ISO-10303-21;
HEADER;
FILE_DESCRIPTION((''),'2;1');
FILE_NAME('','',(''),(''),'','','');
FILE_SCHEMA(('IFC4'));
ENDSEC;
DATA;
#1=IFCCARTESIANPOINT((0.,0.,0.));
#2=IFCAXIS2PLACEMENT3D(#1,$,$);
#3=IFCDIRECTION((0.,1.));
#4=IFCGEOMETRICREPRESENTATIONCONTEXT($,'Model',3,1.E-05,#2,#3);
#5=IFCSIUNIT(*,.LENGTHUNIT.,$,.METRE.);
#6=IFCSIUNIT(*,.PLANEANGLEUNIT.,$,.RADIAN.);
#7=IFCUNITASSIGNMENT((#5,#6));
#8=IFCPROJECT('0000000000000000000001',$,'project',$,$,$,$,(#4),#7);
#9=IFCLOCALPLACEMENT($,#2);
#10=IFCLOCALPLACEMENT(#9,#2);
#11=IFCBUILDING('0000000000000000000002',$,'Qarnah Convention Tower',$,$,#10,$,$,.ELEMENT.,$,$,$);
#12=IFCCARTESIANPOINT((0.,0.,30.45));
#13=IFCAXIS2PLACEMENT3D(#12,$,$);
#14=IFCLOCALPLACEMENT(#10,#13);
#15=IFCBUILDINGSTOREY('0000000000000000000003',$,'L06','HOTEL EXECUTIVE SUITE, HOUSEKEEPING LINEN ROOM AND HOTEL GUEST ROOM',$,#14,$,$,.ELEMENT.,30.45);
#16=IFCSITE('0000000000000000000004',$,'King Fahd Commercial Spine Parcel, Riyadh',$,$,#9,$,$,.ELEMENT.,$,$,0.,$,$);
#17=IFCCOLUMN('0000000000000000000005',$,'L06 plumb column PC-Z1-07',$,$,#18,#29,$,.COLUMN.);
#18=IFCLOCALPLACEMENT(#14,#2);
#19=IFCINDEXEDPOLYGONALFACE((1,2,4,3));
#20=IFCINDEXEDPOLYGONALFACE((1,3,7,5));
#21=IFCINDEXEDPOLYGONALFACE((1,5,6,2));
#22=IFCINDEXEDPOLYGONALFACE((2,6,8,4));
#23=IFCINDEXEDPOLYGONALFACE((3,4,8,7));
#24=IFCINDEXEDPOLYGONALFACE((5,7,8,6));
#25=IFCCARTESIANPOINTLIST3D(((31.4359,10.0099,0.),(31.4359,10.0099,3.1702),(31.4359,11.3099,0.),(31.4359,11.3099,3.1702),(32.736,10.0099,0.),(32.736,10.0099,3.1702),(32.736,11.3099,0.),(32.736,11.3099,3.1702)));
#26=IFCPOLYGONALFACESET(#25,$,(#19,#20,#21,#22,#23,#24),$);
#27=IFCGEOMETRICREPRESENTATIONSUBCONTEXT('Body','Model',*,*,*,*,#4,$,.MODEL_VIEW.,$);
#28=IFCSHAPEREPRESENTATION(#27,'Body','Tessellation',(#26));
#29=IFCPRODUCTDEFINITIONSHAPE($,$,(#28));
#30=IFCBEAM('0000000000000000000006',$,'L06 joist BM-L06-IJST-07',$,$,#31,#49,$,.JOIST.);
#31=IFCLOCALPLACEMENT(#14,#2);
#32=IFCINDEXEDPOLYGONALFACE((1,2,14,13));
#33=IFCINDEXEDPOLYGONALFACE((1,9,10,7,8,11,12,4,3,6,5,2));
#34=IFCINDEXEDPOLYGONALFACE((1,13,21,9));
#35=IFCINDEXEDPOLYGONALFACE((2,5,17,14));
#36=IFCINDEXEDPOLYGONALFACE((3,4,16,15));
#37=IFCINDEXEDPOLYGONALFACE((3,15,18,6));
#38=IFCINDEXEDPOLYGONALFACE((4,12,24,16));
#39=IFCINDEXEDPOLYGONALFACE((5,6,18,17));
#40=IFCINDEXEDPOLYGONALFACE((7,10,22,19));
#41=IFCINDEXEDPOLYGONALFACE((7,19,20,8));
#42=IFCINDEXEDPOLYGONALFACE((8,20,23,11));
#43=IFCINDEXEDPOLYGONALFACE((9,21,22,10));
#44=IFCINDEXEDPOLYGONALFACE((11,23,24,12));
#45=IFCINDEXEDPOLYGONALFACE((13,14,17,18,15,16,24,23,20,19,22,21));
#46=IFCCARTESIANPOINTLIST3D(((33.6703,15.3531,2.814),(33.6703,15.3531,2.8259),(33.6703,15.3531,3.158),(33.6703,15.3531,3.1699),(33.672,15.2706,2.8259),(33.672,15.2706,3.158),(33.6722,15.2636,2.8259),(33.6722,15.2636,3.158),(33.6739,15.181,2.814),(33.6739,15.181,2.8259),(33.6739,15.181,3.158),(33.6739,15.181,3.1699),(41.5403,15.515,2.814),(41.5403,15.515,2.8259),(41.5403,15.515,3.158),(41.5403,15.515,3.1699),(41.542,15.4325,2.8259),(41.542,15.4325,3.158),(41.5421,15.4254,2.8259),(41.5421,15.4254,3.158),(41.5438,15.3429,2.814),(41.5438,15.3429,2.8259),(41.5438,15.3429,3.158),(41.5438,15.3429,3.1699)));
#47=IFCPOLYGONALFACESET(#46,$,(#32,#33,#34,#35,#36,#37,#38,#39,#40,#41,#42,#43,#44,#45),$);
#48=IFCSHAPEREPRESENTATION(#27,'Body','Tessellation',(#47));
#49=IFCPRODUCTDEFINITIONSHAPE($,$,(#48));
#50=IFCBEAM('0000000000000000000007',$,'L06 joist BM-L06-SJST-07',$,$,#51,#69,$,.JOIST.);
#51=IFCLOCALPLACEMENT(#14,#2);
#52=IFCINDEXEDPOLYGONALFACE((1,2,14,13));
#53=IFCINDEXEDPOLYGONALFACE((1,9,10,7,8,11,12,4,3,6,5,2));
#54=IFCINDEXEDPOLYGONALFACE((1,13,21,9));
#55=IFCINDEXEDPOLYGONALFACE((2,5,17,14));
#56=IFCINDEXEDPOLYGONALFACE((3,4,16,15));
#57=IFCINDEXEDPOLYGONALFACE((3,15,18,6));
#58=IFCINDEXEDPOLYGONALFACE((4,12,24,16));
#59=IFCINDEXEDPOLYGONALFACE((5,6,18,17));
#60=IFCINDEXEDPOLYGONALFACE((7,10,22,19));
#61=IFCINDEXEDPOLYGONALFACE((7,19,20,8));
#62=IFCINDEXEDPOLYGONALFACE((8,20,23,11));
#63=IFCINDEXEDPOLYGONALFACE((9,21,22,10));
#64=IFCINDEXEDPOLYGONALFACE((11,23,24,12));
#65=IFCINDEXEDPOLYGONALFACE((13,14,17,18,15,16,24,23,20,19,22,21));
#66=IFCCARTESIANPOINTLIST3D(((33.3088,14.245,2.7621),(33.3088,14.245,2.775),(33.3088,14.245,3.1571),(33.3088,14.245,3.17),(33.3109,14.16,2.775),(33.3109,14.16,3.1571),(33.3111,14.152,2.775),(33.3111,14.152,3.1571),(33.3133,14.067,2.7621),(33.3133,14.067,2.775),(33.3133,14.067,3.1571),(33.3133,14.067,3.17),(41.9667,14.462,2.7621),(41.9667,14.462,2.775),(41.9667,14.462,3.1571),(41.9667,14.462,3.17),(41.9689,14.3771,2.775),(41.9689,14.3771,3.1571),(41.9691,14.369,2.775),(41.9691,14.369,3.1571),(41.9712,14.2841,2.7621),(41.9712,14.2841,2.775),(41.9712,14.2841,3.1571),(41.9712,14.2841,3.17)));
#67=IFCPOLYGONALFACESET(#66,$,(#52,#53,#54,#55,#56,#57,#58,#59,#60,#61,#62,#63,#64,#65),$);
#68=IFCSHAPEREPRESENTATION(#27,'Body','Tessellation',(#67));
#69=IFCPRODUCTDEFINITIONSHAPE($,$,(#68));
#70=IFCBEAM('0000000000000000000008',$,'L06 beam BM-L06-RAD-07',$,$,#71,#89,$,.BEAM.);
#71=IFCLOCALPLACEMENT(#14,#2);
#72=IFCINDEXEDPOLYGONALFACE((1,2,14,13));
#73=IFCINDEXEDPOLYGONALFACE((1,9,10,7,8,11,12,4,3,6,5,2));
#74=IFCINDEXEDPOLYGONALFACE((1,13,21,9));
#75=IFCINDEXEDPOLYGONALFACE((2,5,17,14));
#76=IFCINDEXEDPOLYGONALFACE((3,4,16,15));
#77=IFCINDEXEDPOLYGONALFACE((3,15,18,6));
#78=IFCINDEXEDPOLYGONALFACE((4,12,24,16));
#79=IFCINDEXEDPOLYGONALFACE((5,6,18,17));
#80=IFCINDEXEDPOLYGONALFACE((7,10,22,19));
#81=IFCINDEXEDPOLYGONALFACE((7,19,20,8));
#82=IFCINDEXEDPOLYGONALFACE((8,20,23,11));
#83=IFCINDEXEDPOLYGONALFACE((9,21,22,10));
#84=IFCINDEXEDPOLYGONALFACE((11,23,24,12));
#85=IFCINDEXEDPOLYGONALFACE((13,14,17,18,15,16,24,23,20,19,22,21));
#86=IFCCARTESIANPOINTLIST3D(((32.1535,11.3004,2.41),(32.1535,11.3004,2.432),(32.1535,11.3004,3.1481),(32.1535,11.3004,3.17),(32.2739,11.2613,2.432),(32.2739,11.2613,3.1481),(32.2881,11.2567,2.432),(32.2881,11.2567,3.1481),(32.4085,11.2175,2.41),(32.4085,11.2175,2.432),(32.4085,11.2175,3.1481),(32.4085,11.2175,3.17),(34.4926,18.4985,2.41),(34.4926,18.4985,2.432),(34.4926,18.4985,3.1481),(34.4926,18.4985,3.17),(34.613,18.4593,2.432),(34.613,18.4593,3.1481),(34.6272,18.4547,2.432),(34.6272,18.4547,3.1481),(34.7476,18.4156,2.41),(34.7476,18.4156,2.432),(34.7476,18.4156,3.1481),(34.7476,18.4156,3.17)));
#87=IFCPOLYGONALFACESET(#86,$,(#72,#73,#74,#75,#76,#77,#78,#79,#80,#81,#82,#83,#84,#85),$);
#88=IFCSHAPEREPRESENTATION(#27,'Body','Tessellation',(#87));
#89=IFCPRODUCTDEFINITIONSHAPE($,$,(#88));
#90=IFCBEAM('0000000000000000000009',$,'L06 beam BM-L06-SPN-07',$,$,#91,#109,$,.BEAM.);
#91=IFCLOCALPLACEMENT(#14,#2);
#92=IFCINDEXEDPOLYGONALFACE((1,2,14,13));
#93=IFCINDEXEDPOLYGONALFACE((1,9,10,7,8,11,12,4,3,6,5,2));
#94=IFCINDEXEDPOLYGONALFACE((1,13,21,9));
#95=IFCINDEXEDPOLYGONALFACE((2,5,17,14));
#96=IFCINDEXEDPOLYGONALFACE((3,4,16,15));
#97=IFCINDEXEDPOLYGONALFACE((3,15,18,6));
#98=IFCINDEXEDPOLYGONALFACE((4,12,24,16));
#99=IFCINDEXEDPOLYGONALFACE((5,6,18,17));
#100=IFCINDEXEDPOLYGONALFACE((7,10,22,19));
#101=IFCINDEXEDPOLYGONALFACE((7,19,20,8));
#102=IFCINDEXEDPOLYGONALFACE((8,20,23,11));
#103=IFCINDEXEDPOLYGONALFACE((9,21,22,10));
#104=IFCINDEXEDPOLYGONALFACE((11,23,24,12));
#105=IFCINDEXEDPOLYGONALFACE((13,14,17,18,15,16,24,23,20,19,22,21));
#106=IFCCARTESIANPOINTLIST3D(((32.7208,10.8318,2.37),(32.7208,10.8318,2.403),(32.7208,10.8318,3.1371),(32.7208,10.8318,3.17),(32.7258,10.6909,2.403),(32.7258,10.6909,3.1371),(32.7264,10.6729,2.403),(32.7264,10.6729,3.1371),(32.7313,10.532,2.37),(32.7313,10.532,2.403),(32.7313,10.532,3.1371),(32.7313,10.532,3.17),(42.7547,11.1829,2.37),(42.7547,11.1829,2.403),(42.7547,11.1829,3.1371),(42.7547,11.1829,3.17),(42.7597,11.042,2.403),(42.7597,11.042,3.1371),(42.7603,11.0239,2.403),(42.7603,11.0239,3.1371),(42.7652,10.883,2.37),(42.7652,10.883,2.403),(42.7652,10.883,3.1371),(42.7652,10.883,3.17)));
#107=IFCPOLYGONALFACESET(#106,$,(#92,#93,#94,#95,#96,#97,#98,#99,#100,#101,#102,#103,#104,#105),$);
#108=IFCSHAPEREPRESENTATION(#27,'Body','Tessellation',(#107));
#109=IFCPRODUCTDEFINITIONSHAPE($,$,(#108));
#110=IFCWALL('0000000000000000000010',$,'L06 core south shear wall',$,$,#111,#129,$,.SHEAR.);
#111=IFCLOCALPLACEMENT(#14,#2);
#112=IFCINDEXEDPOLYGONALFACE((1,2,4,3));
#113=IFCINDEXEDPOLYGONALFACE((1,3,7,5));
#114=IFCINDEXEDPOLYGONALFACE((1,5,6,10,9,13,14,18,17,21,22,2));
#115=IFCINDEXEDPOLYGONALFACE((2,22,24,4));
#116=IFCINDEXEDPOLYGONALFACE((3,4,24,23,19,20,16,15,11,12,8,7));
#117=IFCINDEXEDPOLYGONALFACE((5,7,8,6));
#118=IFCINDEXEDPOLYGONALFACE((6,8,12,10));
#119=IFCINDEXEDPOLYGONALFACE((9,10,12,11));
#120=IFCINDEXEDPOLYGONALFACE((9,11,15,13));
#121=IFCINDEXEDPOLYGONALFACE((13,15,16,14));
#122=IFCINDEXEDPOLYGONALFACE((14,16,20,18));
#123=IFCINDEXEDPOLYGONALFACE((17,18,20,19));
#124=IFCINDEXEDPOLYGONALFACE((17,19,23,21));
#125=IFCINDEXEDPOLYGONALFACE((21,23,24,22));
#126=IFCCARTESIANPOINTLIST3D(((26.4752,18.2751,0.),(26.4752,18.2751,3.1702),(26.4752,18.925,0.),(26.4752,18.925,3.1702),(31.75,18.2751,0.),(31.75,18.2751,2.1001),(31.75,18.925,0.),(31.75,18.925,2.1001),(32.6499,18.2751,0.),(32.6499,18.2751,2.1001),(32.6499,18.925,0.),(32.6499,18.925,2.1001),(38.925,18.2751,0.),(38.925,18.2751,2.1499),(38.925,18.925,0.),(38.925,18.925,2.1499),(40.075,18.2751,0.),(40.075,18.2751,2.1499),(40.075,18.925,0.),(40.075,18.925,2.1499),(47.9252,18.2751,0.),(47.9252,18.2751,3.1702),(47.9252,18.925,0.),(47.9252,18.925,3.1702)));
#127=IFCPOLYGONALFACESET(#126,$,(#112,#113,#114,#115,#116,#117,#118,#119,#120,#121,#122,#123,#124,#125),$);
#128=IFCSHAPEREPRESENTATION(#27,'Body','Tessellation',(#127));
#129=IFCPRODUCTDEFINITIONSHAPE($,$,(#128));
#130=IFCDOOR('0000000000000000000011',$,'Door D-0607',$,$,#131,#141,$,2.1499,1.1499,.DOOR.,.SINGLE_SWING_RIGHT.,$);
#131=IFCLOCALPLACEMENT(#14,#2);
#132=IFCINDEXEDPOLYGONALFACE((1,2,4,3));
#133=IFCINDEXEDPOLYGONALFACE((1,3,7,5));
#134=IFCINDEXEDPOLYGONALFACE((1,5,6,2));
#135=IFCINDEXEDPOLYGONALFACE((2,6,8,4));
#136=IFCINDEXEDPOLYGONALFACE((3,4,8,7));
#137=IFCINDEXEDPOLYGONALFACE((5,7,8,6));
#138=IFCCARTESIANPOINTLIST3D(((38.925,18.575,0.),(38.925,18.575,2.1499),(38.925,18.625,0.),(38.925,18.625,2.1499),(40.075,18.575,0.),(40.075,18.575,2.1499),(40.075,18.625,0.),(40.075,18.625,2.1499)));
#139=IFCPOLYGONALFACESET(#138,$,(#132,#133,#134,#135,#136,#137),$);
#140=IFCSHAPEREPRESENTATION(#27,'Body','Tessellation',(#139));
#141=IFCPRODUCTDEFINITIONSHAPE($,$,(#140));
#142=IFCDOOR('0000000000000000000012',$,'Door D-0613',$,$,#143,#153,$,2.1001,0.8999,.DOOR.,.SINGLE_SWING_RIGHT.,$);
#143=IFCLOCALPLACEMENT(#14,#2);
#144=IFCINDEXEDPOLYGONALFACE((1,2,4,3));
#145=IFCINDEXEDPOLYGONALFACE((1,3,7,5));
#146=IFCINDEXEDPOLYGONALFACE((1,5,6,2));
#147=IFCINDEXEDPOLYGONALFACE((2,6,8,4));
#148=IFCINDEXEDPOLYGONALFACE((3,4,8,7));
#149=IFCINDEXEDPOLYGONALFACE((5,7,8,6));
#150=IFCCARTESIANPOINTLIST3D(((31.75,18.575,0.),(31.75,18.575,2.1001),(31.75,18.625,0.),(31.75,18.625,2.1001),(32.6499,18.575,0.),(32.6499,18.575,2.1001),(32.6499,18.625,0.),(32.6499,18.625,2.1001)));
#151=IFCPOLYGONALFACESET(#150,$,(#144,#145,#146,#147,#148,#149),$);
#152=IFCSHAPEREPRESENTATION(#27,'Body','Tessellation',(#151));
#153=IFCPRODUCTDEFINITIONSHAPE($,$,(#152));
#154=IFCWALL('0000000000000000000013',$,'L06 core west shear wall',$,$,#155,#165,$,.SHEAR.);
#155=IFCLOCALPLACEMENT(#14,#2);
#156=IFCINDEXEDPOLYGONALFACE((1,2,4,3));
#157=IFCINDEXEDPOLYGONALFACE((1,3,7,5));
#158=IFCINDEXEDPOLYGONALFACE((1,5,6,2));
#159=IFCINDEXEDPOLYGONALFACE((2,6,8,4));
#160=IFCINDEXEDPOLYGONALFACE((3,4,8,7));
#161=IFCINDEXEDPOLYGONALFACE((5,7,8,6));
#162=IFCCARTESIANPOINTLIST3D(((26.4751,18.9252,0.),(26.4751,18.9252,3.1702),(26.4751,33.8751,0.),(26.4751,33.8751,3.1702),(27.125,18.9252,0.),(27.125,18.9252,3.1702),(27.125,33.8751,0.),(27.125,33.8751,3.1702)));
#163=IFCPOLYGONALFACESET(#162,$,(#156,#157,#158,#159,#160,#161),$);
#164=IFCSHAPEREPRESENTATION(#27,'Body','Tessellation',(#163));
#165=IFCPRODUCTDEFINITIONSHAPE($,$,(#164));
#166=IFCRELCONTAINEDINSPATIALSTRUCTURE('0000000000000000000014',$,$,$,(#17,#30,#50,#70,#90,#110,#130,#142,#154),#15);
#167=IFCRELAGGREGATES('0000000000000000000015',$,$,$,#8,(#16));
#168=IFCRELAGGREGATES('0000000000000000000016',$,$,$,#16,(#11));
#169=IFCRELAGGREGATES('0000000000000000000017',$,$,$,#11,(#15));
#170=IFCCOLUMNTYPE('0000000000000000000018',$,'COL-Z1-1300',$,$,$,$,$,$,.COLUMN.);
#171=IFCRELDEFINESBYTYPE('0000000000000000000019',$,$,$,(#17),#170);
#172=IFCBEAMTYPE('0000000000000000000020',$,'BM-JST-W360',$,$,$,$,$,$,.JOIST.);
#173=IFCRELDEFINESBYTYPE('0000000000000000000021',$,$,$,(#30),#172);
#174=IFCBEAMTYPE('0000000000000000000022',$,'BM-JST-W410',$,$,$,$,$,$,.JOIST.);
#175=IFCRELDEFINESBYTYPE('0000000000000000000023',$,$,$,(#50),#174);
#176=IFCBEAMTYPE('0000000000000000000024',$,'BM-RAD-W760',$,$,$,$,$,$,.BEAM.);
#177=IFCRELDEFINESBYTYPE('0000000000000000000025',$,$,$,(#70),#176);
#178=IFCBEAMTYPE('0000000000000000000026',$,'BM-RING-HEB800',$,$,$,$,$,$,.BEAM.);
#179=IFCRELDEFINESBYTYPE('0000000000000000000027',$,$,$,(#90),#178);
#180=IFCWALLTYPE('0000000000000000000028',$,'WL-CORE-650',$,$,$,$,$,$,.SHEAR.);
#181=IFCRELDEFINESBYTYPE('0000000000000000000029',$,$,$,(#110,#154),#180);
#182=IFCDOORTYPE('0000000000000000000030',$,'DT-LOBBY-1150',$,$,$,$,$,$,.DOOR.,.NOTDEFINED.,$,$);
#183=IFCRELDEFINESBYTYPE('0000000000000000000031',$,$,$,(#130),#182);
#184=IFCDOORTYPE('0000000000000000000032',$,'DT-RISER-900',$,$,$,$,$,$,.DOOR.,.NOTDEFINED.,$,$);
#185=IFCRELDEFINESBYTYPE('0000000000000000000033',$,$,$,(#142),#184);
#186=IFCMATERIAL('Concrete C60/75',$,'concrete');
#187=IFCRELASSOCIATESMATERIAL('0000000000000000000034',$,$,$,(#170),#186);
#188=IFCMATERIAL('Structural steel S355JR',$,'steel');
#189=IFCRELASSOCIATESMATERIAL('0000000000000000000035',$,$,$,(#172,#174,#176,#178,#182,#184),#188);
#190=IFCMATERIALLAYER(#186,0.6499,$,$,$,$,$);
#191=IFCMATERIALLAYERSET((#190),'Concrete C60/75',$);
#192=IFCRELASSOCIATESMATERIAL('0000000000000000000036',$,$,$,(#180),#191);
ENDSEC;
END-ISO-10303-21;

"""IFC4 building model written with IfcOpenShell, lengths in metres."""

from ifc_helpers import new_model, si_unit, direction, frame, frame_2d, origin, origin_2d, place, context, subcontext, project, spatial, rectangle, i_section, extrude, material, layer, layer_set, material_profile, profile_set, type_object, element, fill, save


model = new_model("IFC4")

# Units and contexts
model_context = context("Model", 3, precision=1e-05, world=origin(), true_north=direction((0.0, 1.0)))
body_context = subcontext(model_context, "Body", "Model", "MODEL_VIEW")
ifc_project = project(units=[si_unit("LENGTHUNIT", "METRE"), si_unit("PLANEANGLEUNIT", "RADIAN")], contexts=[model_context])

# Site, building, storey
site_placement = place(None, origin())
site = spatial("IfcSite", under=ifc_project, at=site_placement, Name="King Fahd Commercial Spine Parcel, Riyadh", CompositionType="ELEMENT", RefElevation=0.0)
building_placement = place(site_placement, origin())
building = spatial("IfcBuilding", under=site, at=building_placement, Name="Qarnah Convention Tower", CompositionType="ELEMENT")
storey_placement = place(building_placement, frame((0.0, 0.0, 30.45)))
storey = spatial("IfcBuildingStorey", under=building, at=storey_placement, Name="L06", Description="HOTEL EXECUTIVE SUITE, HOUSEKEEPING LINEN ROOM AND HOTEL GUEST ROOM", CompositionType="ELEMENT", Elevation=30.45)

# Column
ifc_material_1 = material(Name="Concrete C60/75", Category="concrete")
ifc_material_profile_1 = material_profile(ifc_material_1, rectangle(XDim=1.3, YDim=1.3, at=origin_2d()), Name="RC-COL-1300X1300")
ifc_profile_set_1 = profile_set([ifc_material_profile_1], Name="Concrete C60/75")
column_type = type_object("IfcColumnType", Name="COL-Z1-1300", PredefinedType="COLUMN", material=ifc_profile_set_1)
column_placement = place(storey_placement, frame((32.0859, 10.6599, 0.0), z_axis=(0.0, 0.0, 1.0), x_axis=(1.0, 0.0, 0.0)))
element("IfcColumn", 1, at=column_placement, inside=storey, type_object=column_type, Name="L06 plumb column PC-Z1-07", PredefinedType="COLUMN", context=body_context, shape_type="SweptSolid", body=[
    extrude(rectangle(XDim=1.3, YDim=1.3, at=origin_2d()), origin(), (0.0, 0.0, 1.0), 3.1702),
])

# Beams
ifc_material_2 = material(Name="Structural steel S355JR", Category="steel")
ifc_material_profile_2 = material_profile(ifc_material_2, i_section(OverallWidth=0.1721, OverallDepth=0.356, WebThickness=0.0071, FlangeThickness=0.012, at=origin_2d()), Name="W360X51")
ifc_profile_set_2 = profile_set([ifc_material_profile_2], Name="Structural steel S355JR")
beam_type_1 = type_object("IfcBeamType", Name="BM-JST-W360", PredefinedType="JOIST", material=ifc_profile_set_2)
beam_1_placement = place(storey_placement, frame((33.6721, 15.2671, 2.9919), z_axis=(0.999789, 0.020563, 0.0), x_axis=(-0.020563, 0.999789, 0.0)))
element("IfcBeam", 2, at=beam_1_placement, inside=storey, type_object=beam_type_1, Name="L06 joist BM-L06-IJST-07", PredefinedType="JOIST", context=body_context, shape_type="SweptSolid", body=[
    extrude(i_section(OverallWidth=0.1721, OverallDepth=0.356, WebThickness=0.0071, FlangeThickness=0.012, at=origin_2d()), origin(), (0.0, 0.0, 1.0), 7.8716),
])
ifc_material_profile_3 = material_profile(ifc_material_2, i_section(OverallWidth=0.178, OverallDepth=0.408, WebThickness=0.0081, FlangeThickness=0.0129, at=origin_2d()), Name="W410X60")
ifc_profile_set_3 = profile_set([ifc_material_profile_3], Name="Structural steel S355JR")
beam_type_2 = type_object("IfcBeamType", Name="BM-JST-W410", PredefinedType="JOIST", material=ifc_profile_set_3)
beam_2_placement = place(storey_placement, frame((33.311, 14.156, 2.9661), z_axis=(0.999686, 0.025061, 0.0), x_axis=(-0.025061, 0.999686, 0.0)))
element("IfcBeam", 3, at=beam_2_placement, inside=storey, type_object=beam_type_2, Name="L06 joist BM-L06-SJST-07", PredefinedType="JOIST", context=body_context, shape_type="SweptSolid", body=[
    extrude(i_section(OverallWidth=0.178, OverallDepth=0.408, WebThickness=0.0081, FlangeThickness=0.0129, at=origin_2d()), origin(), (0.0, 0.0, 1.0), 8.6606),
])
ifc_material_profile_4 = material_profile(ifc_material_2, i_section(OverallWidth=0.2681, OverallDepth=0.76, WebThickness=0.0149, FlangeThickness=0.022, at=origin_2d()), Name="W760X185")
ifc_profile_set_4 = profile_set([ifc_material_profile_4], Name="Structural steel S355JR")
beam_type_3 = type_object("IfcBeamType", Name="BM-RAD-W760", PredefinedType="BEAM", material=ifc_profile_set_4)
beam_3_placement = place(storey_placement, frame((34.6201, 18.457, 2.79), z_axis=(-0.309058, -0.951043, 0.0), x_axis=(0.951043, -0.309058, 0.0)))
element("IfcBeam", 4, at=beam_3_placement, inside=storey, type_object=beam_type_3, Name="L06 beam BM-L06-RAD-07", PredefinedType="BEAM", context=body_context, shape_type="SweptSolid", body=[
    extrude(i_section(OverallWidth=0.2681, OverallDepth=0.76, WebThickness=0.0149, FlangeThickness=0.022, at=origin_2d()), origin(), (0.0, 0.0, 1.0), 7.5686),
])
ifc_material_profile_5 = material_profile(ifc_material_2, i_section(OverallWidth=0.3, OverallDepth=0.8, WebThickness=0.0181, FlangeThickness=0.033, at=origin_2d()), Name="HEB800")
ifc_profile_set_5 = profile_set([ifc_material_profile_5], Name="Structural steel S355JR")
beam_type_4 = type_object("IfcBeamType", Name="BM-RING-HEB800", PredefinedType="BEAM", material=ifc_profile_set_5)
beam_4_placement = place(storey_placement, frame((32.7261, 10.6819, 2.77), z_axis=(0.999388, 0.034967, 0.0), x_axis=(-0.034967, 0.999388, 0.0)))
element("IfcBeam", 5, at=beam_4_placement, inside=storey, type_object=beam_type_4, Name="L06 beam BM-L06-SPN-07", PredefinedType="BEAM", context=body_context, shape_type="SweptSolid", body=[
    extrude(i_section(OverallWidth=0.3, OverallDepth=0.8, WebThickness=0.0181, FlangeThickness=0.033, at=origin_2d()), origin(), (0.0, 0.0, 1.0), 10.04),
])

# Wall, openings, doors
ifc_layer_1 = layer(ifc_material_1, 0.6499)
ifc_layer_set_1 = layer_set([ifc_layer_1], Name="Concrete C60/75")
wall_type_1 = type_object("IfcWallType", Name="WL-CORE-650", PredefinedType="SHEAR", material=ifc_layer_set_1)
wall_1_placement = place(storey_placement, frame((26.4751, 18.6001, 0.0), z_axis=(0.0, 0.0, 1.0), x_axis=(1.0, 0.0, 0.0)))
wall_1 = element("IfcWall", 6, at=wall_1_placement, inside=storey, type_object=wall_type_1, Name="L06 core south shear wall", PredefinedType="SHEAR", context=body_context, shape_type="SweptSolid", body=[
    extrude(rectangle(XDim=21.45, YDim=0.6499, at=frame_2d((10.7251, 0.0))), origin(), (0.0, 0.0, 1.0), 3.1702),
])
opening_1_placement = place(wall_1_placement, frame((12.45, 0.0, 0.0)))
opening_1 = element("IfcOpeningElement", 7, at=opening_1_placement, cuts=wall_1, PredefinedType="OPENING", context=body_context, shape_type="SweptSolid", body=[
    extrude(rectangle(XDim=1.1499, YDim=2.1499, at=frame_2d((0.575, 1.075))), frame((0.0, 0.335, 0.0), z_axis=(0.0, -1.0, 0.0), x_axis=(1.0, 0.0, 0.0)), (0.0, 0.0, 1.0), 0.6699),
])
opening_2_placement = place(wall_1_placement, frame((5.2749, 0.0, 0.0)))
opening_2 = element("IfcOpeningElement", 8, at=opening_2_placement, cuts=wall_1, PredefinedType="OPENING", context=body_context, shape_type="SweptSolid", body=[
    extrude(rectangle(XDim=0.8999, YDim=2.1001, at=frame_2d((0.45, 1.05))), frame((0.0, 0.335, 0.0), z_axis=(0.0, -1.0, 0.0), x_axis=(1.0, 0.0, 0.0)), (0.0, 0.0, 1.0), 0.6699),
])
door_type_1 = type_object("IfcDoorType", Name="DT-LOBBY-1150", OperationType="NOTDEFINED", PredefinedType="DOOR", material=ifc_material_2)
door_1_placement = place(opening_1_placement, origin())
door_1 = element("IfcDoor", 9, at=door_1_placement, inside=storey, type_object=door_type_1, Name="Door D-0607", OperationType="SINGLE_SWING_RIGHT", OverallHeight=2.1499, OverallWidth=1.1499, PredefinedType="DOOR", context=body_context, shape_type="SweptSolid", body=[
    extrude(rectangle(XDim=1.1499, YDim=2.1499, at=frame_2d((0.575, 1.075))), frame((0.0, 0.0249, 0.0), z_axis=(0.0, -1.0, 0.0), x_axis=(1.0, 0.0, 0.0)), (0.0, 0.0, 1.0), 0.05),
])
fill(opening_1, door_1)
door_type_2 = type_object("IfcDoorType", Name="DT-RISER-900", OperationType="NOTDEFINED", PredefinedType="DOOR", material=ifc_material_2)
door_2_placement = place(opening_2_placement, origin())
door_2 = element("IfcDoor", 10, at=door_2_placement, inside=storey, type_object=door_type_2, Name="Door D-0613", OperationType="SINGLE_SWING_RIGHT", OverallHeight=2.1001, OverallWidth=0.8999, PredefinedType="DOOR", context=body_context, shape_type="SweptSolid", body=[
    extrude(rectangle(XDim=0.8999, YDim=2.1001, at=frame_2d((0.45, 1.05))), frame((0.0, 0.0249, 0.0), z_axis=(0.0, -1.0, 0.0), x_axis=(1.0, 0.0, 0.0)), (0.0, 0.0, 1.0), 0.05),
])
fill(opening_2, door_2)

# Wall
wall_2_placement = place(storey_placement, frame((26.8, 18.925, 0.0), z_axis=(0.0, 0.0, 1.0), x_axis=(0.0, 1.0, 0.0)))
element("IfcWall", 11, at=wall_2_placement, inside=storey, type_object=wall_type_1, Name="L06 core west shear wall", PredefinedType="SHEAR", context=body_context, shape_type="SweptSolid", body=[
    extrude(rectangle(XDim=14.95, YDim=0.6499, at=frame_2d((7.4751, 0.0))), origin(), (0.0, 0.0, 1.0), 3.1702),
])

save(model, "model.ifc")
